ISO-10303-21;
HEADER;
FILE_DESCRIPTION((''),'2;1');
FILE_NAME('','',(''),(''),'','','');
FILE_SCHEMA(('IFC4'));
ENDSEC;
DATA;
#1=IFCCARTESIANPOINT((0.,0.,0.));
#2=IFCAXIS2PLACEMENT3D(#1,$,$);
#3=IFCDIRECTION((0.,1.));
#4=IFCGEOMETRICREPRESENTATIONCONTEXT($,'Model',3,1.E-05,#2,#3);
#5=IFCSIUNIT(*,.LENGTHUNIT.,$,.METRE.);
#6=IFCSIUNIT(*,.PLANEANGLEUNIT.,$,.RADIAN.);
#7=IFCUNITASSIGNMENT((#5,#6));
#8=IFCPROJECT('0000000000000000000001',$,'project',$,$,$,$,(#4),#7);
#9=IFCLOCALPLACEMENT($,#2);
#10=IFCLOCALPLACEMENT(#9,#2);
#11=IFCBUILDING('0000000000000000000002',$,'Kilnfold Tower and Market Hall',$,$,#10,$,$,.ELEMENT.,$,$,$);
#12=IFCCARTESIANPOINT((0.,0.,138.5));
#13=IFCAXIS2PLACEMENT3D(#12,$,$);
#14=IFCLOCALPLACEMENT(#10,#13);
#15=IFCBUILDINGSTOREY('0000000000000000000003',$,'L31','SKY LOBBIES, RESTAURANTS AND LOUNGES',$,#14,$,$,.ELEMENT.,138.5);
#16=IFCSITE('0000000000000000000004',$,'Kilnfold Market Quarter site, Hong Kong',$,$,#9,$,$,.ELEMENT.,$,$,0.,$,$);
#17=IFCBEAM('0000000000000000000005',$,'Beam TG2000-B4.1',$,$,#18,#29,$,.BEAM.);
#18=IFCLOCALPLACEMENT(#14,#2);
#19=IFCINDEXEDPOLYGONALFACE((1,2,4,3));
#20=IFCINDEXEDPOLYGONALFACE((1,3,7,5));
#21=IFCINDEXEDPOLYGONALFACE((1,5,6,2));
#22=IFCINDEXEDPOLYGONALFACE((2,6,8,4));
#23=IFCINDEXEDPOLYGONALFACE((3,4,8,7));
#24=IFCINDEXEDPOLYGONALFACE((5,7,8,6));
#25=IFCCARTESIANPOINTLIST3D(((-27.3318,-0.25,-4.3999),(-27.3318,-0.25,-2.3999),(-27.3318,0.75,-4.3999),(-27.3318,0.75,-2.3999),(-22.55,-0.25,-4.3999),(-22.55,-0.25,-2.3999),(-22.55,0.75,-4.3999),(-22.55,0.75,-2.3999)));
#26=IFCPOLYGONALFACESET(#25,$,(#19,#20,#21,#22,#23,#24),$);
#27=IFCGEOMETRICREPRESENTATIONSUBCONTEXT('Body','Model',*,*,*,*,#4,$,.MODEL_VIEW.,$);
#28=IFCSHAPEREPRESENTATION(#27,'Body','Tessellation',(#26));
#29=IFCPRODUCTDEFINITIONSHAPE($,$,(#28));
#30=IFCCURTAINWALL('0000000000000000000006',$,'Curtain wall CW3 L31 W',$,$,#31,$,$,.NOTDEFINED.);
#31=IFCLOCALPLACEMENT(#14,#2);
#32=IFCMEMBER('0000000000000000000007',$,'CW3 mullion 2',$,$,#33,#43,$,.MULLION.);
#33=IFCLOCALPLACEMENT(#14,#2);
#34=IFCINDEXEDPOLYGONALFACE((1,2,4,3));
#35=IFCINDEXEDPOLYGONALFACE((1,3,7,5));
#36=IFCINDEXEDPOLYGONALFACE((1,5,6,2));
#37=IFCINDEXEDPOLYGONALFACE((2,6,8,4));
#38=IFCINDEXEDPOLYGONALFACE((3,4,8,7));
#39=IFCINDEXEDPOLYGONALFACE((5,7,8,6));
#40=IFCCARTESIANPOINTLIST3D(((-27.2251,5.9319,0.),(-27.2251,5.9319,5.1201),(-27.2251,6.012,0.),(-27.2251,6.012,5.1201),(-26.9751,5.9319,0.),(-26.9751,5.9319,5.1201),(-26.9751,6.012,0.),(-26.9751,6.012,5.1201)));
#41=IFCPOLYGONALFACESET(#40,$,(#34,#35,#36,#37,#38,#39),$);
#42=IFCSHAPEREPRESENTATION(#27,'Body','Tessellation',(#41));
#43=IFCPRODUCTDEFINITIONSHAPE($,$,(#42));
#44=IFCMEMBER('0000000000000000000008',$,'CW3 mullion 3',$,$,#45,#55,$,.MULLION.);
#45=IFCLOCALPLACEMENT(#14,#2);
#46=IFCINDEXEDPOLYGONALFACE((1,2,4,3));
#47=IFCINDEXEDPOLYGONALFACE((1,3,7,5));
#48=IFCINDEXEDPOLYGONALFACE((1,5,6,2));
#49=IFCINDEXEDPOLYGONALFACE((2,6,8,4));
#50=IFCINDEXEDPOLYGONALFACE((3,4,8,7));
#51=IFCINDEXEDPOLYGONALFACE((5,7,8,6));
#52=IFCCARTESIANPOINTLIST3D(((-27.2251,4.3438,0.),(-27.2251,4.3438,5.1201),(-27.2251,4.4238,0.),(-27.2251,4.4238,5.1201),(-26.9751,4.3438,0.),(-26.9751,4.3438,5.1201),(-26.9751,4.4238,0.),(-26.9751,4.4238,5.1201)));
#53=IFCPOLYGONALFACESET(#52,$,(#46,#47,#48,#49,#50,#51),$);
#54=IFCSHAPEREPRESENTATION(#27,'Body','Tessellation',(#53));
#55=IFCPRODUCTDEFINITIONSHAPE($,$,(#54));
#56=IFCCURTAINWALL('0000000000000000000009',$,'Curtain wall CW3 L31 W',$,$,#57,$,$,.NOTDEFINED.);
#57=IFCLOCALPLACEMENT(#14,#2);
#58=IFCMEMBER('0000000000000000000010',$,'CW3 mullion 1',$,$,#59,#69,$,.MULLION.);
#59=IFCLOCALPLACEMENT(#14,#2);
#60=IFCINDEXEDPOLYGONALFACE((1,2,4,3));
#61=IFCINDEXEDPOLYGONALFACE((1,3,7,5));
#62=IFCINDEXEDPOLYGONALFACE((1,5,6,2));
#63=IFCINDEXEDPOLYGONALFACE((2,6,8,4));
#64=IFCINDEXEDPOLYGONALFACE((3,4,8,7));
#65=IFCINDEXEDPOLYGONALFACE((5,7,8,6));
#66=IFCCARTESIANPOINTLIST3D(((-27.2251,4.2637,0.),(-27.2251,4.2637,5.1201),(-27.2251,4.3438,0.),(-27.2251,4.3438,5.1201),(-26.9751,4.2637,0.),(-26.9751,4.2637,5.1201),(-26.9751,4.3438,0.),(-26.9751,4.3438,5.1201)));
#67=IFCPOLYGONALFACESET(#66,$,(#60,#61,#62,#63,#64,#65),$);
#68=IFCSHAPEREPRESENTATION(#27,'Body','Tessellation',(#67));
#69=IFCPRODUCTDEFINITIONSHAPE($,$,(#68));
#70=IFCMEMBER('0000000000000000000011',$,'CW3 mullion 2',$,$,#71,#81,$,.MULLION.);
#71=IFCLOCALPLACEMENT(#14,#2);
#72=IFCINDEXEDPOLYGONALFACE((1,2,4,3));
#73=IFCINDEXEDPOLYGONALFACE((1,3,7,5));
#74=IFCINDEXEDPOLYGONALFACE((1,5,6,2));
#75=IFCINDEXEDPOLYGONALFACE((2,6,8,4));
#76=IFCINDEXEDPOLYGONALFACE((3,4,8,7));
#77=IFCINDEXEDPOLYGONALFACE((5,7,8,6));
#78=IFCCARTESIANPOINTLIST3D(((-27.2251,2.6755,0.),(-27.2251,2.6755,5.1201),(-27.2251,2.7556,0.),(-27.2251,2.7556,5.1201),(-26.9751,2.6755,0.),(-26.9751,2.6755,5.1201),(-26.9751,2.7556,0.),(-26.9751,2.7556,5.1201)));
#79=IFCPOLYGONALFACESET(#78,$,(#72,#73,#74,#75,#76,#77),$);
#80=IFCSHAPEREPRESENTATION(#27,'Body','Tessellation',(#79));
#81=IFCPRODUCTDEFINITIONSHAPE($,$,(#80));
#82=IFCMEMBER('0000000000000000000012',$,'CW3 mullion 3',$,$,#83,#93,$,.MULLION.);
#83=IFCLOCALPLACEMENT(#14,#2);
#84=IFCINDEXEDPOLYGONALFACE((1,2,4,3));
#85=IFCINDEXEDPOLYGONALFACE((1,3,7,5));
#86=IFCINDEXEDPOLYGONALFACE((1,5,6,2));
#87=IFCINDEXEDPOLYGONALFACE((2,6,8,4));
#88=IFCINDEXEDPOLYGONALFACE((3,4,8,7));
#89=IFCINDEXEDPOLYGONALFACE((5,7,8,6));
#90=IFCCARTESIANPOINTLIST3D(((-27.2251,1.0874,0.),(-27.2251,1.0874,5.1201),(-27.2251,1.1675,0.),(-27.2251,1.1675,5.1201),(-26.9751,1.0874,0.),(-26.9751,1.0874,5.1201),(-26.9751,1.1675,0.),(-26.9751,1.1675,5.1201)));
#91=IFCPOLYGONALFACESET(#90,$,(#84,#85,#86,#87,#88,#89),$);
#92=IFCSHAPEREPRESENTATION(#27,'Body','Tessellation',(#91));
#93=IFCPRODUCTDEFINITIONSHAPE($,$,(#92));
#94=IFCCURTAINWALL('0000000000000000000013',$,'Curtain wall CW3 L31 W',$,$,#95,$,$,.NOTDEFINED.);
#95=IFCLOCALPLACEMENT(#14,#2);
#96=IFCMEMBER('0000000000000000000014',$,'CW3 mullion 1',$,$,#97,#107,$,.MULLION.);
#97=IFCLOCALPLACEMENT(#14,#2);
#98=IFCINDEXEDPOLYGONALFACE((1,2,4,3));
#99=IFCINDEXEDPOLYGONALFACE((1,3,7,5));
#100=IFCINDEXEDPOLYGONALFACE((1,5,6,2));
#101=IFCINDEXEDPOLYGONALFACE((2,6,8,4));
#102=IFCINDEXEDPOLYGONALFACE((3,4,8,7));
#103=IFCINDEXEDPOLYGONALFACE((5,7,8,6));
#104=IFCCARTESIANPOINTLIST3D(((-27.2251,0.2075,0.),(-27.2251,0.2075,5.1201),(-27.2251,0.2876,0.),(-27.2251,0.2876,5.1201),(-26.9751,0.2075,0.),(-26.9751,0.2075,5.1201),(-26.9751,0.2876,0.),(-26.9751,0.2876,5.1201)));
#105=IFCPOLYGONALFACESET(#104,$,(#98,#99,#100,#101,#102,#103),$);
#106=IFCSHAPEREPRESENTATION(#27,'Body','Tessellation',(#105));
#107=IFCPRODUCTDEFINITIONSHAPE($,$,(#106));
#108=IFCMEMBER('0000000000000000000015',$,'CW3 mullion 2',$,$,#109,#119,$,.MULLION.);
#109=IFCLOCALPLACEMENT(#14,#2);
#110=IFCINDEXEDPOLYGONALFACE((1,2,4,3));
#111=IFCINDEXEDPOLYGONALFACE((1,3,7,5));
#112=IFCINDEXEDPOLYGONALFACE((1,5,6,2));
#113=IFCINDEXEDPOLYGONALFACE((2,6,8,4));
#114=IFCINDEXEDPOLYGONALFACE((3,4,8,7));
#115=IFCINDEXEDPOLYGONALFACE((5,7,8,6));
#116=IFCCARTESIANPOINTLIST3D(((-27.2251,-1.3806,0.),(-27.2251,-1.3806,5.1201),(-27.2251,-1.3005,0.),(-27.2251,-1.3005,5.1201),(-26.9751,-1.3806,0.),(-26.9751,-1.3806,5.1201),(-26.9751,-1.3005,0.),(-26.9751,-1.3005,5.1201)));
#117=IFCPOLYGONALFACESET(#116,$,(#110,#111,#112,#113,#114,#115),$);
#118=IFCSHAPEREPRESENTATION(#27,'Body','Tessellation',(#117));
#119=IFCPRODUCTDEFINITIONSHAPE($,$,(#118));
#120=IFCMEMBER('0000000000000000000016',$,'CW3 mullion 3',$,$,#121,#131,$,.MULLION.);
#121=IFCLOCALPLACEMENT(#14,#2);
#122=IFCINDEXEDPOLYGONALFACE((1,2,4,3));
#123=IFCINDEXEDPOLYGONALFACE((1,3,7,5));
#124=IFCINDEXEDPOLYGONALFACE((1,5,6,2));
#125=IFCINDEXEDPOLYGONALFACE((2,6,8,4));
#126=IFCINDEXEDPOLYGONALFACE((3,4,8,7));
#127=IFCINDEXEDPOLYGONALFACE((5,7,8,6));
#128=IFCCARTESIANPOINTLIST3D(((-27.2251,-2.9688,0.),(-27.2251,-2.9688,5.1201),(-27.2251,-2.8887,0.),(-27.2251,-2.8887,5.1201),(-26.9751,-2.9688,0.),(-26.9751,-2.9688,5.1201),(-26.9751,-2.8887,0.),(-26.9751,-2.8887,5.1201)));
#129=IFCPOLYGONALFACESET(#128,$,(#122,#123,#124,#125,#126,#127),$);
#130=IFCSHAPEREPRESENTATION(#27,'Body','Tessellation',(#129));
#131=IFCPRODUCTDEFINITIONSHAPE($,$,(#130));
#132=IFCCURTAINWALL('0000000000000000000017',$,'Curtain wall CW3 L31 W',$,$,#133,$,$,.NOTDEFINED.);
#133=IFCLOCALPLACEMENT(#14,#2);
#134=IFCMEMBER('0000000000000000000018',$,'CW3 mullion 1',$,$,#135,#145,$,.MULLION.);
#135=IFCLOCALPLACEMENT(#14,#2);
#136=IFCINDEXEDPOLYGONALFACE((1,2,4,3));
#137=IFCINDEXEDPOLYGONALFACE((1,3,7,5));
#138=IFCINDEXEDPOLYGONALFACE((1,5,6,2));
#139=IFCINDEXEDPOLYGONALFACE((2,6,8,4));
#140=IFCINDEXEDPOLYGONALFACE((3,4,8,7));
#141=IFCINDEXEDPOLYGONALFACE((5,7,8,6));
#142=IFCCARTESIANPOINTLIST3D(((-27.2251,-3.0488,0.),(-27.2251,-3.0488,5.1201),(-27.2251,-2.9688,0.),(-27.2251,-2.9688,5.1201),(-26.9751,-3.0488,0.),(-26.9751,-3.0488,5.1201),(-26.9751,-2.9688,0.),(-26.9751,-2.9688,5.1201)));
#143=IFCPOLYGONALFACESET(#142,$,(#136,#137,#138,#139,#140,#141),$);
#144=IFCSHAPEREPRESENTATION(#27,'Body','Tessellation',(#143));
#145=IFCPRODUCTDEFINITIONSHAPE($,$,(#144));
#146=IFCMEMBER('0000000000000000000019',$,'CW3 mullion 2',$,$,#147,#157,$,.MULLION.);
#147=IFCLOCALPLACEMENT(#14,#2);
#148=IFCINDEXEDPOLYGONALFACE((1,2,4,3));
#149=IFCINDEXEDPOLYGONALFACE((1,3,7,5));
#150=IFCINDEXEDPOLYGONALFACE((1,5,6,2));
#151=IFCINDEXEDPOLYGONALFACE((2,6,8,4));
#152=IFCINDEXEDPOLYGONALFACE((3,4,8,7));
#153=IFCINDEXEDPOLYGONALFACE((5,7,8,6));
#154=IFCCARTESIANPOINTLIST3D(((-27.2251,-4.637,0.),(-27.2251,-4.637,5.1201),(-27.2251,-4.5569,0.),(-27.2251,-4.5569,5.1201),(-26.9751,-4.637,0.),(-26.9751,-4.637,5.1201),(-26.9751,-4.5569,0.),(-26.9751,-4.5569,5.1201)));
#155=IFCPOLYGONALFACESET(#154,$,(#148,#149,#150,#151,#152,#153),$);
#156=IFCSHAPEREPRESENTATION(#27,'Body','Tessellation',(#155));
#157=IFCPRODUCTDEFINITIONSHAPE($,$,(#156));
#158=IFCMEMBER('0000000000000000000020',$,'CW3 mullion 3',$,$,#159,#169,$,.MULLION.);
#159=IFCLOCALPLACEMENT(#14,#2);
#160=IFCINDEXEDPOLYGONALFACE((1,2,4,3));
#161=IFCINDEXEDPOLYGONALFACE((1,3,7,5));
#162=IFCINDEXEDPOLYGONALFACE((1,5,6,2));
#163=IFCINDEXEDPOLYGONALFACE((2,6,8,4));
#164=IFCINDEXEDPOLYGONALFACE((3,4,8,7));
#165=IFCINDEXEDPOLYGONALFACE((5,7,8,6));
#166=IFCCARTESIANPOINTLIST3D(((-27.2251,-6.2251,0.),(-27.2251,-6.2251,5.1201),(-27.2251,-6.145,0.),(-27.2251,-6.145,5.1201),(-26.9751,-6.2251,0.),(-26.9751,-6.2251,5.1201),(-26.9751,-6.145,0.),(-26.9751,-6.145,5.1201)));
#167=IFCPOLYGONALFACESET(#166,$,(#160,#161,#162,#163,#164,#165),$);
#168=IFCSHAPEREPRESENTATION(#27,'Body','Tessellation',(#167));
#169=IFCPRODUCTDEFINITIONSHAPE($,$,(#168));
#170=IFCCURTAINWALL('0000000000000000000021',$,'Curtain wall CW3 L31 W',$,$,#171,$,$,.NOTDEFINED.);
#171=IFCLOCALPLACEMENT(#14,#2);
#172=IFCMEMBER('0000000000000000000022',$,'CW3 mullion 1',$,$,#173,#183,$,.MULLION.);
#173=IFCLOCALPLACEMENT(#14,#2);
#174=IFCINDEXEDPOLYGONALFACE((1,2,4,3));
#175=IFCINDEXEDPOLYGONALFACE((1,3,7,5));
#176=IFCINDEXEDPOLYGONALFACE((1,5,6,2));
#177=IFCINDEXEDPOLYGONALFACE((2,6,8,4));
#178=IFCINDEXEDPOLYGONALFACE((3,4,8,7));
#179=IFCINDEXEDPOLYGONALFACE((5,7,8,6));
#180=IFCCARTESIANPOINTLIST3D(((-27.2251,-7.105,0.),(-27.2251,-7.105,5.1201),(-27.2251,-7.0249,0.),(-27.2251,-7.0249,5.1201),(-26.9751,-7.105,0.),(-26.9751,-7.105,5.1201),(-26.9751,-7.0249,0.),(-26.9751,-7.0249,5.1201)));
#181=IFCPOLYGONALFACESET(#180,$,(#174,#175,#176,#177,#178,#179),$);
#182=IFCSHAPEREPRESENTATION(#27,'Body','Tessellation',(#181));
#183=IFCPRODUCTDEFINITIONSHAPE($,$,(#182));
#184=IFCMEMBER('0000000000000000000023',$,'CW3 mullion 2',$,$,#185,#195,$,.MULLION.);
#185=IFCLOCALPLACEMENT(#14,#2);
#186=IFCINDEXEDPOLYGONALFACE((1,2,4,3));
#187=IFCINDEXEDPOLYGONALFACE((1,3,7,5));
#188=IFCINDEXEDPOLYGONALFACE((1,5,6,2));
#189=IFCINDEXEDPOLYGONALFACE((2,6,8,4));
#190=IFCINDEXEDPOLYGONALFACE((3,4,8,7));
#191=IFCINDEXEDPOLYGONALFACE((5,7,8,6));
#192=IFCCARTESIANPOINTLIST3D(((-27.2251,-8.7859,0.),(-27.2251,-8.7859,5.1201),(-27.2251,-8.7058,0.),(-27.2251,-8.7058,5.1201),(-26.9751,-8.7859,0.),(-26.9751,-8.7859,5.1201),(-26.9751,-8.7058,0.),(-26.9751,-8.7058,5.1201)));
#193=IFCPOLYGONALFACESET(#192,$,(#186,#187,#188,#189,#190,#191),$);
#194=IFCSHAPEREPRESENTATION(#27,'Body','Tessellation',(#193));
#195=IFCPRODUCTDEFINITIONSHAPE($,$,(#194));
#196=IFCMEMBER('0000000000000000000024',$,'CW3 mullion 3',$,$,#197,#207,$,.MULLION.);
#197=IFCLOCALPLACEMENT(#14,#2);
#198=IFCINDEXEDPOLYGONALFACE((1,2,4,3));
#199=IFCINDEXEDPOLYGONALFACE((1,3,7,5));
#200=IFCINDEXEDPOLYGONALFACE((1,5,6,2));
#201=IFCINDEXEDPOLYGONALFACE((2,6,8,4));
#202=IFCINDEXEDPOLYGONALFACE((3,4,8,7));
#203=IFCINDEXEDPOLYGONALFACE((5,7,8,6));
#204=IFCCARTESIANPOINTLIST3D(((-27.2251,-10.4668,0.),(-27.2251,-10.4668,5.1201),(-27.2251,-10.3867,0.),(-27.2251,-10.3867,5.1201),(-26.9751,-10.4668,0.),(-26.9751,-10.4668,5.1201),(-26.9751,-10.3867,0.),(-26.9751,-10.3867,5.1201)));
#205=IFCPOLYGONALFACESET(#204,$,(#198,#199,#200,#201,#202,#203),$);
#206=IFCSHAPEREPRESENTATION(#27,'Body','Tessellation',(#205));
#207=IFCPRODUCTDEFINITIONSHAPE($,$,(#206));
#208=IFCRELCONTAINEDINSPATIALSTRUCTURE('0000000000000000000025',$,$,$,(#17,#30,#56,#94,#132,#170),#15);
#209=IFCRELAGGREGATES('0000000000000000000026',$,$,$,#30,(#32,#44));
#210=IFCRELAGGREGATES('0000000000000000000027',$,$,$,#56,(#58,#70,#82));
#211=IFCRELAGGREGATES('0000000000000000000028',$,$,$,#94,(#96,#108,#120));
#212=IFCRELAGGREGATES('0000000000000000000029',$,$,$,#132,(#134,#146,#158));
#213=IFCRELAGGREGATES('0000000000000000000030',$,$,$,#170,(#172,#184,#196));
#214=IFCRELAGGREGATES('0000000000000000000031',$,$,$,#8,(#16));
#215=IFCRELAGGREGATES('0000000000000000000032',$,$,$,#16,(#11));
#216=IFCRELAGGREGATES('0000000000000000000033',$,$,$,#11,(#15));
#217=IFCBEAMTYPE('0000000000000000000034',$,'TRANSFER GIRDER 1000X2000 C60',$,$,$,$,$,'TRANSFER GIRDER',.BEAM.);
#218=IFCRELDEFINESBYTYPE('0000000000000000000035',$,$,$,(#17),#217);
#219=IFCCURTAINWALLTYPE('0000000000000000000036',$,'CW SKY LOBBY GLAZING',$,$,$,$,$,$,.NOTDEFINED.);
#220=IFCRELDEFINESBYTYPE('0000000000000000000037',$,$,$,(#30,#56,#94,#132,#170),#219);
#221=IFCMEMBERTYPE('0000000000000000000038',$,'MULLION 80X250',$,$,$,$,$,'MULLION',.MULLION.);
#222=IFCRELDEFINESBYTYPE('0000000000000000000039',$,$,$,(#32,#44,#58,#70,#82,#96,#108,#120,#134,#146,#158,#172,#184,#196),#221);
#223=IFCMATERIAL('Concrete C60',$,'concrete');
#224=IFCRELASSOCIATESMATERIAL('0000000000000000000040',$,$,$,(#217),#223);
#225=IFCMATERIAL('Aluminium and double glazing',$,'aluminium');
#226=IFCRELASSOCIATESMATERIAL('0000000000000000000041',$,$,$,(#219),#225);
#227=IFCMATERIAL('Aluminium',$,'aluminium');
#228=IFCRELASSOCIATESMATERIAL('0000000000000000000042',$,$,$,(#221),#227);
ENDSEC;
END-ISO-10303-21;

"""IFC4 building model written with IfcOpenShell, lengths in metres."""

from ifc_helpers import new_model, si_unit, direction, frame, origin, origin_2d, place, context, subcontext, project, spatial, rectangle, extrude, source, transform, mapped, material, material_profile, profile_set, type_object, element, aggregate, save


model = new_model("IFC4")

# Units and contexts
model_context = context("Model", 3, precision=1e-05, world=origin(), true_north=direction((0.0, 1.0)))
body_context = subcontext(model_context, "Body", "Model", "MODEL_VIEW")
ifc_project = project(units=[si_unit("LENGTHUNIT", "METRE"), si_unit("PLANEANGLEUNIT", "RADIAN")], contexts=[model_context])

# Site, building, storey
site_placement = place(None, origin())
site = spatial("IfcSite", under=ifc_project, at=site_placement, Name="Kilnfold Market Quarter site, Hong Kong", CompositionType="ELEMENT", RefElevation=0.0)
building_placement = place(site_placement, origin())
building = spatial("IfcBuilding", under=site, at=building_placement, Name="Kilnfold Tower and Market Hall", CompositionType="ELEMENT")
storey_placement = place(building_placement, frame((0.0, 0.0, 138.5)))
storey = spatial("IfcBuildingStorey", under=building, at=storey_placement, Name="L31", Description="SKY LOBBIES, RESTAURANTS AND LOUNGES", CompositionType="ELEMENT", Elevation=138.5)

# Beam
ifc_material_1 = material(Name="Concrete C60", Category="concrete")
ifc_material_profile_1 = material_profile(ifc_material_1, rectangle(XDim=1.0, YDim=2.0, at=origin_2d()), Name="RC 1000x2000")
ifc_profile_set_1 = profile_set([ifc_material_profile_1], Name="Concrete C60")
beam_type = type_object("IfcBeamType", Name="TRANSFER GIRDER 1000X2000 C60", ElementType="TRANSFER GIRDER", PredefinedType="BEAM", material=ifc_profile_set_1)
shared_shape_1 = source(origin(), body_context, "Body", "SweptSolid", [
    extrude(rectangle(XDim=1.0, YDim=2.0, at=origin_2d()), origin(), (0.0, 0.0, 1.0), 4.7817),
])
beam_placement = place(storey_placement, frame((-27.3318, 0.25, -3.3999), z_axis=(1.0, 0.0, 0.0), x_axis=(0.0, 1.0, 0.0)))
element("IfcBeam", 1, at=beam_placement, inside=storey, type_object=beam_type, Name="Beam TG2000-B4.1", PredefinedType="BEAM", context=body_context, shape_type="MappedRepresentation", body=[
    mapped(shared_shape_1, transform((0.0, 0.0, 0.0))),
])

# Curtain walls, members
ifc_material_2 = material(Name="Aluminium and double glazing", Category="aluminium")
curtain_wall_type = type_object("IfcCurtainWallType", Name="CW SKY LOBBY GLAZING", PredefinedType="NOTDEFINED", material=ifc_material_2)
curtain_wall_1_placement = place(storey_placement, origin())
curtain_wall_1 = element("IfcCurtainWall", 2, at=curtain_wall_1_placement, inside=storey, type_object=curtain_wall_type, Name="Curtain wall CW3 L31 W", PredefinedType="NOTDEFINED")
ifc_material_3 = material(Name="Aluminium", Category="aluminium")
ifc_material_profile_2 = material_profile(ifc_material_3, rectangle(XDim=0.0801, YDim=0.25, at=origin_2d()), Name="MULLION 80x250")
ifc_profile_set_2 = profile_set([ifc_material_profile_2], Name="Aluminium")
member_type_1 = type_object("IfcMemberType", Name="MULLION 80X250", ElementType="MULLION", PredefinedType="MULLION", material=ifc_profile_set_2)
shared_shape_2 = source(origin(), body_context, "Body", "SweptSolid", [
    extrude(rectangle(XDim=0.0801, YDim=0.25, at=origin_2d()), origin(), (0.0, 0.0, 1.0), 5.1201),
])
member_1_placement = place(storey_placement, frame((-27.1001, 5.9719, 0.0), z_axis=(0.0, 0.0, 1.0), x_axis=(0.0, -1.0, 0.0)))
member_1 = element("IfcMember", 3, at=member_1_placement, type_object=member_type_1, Name="CW3 mullion 2", PredefinedType="MULLION", context=body_context, shape_type="MappedRepresentation", body=[
    mapped(shared_shape_2, transform((0.0, 0.0, 0.0))),
])
member_2_placement = place(storey_placement, frame((-27.1001, 4.3838, 0.0), z_axis=(0.0, 0.0, 1.0), x_axis=(0.0, -1.0, 0.0)))
member_2 = element("IfcMember", 4, at=member_2_placement, type_object=member_type_1, Name="CW3 mullion 3", PredefinedType="MULLION", context=body_context, shape_type="MappedRepresentation", body=[
    mapped(shared_shape_2, transform((0.0, 0.0, 0.0))),
])
curtain_wall_2_placement = place(storey_placement, origin())
curtain_wall_2 = element("IfcCurtainWall", 5, at=curtain_wall_2_placement, inside=storey, type_object=curtain_wall_type, Name="Curtain wall CW3 L31 W", PredefinedType="NOTDEFINED")
member_3_placement = place(storey_placement, frame((-27.1001, 4.3037, 0.0), z_axis=(0.0, 0.0, 1.0), x_axis=(0.0, -1.0, 0.0)))
member_3 = element("IfcMember", 6, at=member_3_placement, type_object=member_type_1, Name="CW3 mullion 1", PredefinedType="MULLION", context=body_context, shape_type="MappedRepresentation", body=[
    mapped(shared_shape_2, transform((0.0, 0.0, 0.0))),
])
member_4_placement = place(storey_placement, frame((-27.1001, 2.7156, 0.0), z_axis=(0.0, 0.0, 1.0), x_axis=(0.0, -1.0, 0.0)))
member_4 = element("IfcMember", 7, at=member_4_placement, type_object=member_type_1, Name="CW3 mullion 2", PredefinedType="MULLION", context=body_context, shape_type="MappedRepresentation", body=[
    mapped(shared_shape_2, transform((0.0, 0.0, 0.0))),
])
member_5_placement = place(storey_placement, frame((-27.1001, 1.1274, 0.0), z_axis=(0.0, 0.0, 1.0), x_axis=(0.0, -1.0, 0.0)))
member_5 = element("IfcMember", 8, at=member_5_placement, type_object=member_type_1, Name="CW3 mullion 3", PredefinedType="MULLION", context=body_context, shape_type="MappedRepresentation", body=[
    mapped(shared_shape_2, transform((0.0, 0.0, 0.0))),
])
curtain_wall_3_placement = place(storey_placement, origin())
curtain_wall_3 = element("IfcCurtainWall", 9, at=curtain_wall_3_placement, inside=storey, type_object=curtain_wall_type, Name="Curtain wall CW3 L31 W", PredefinedType="NOTDEFINED")
member_6_placement = place(storey_placement, frame((-27.1001, 0.2476, 0.0), z_axis=(0.0, 0.0, 1.0), x_axis=(0.0, -1.0, 0.0)))
member_6 = element("IfcMember", 10, at=member_6_placement, type_object=member_type_1, Name="CW3 mullion 1", PredefinedType="MULLION", context=body_context, shape_type="MappedRepresentation", body=[
    mapped(shared_shape_2, transform((0.0, 0.0, 0.0))),
])
member_7_placement = place(storey_placement, frame((-27.1001, -1.3406, 0.0), z_axis=(0.0, 0.0, 1.0), x_axis=(0.0, -1.0, 0.0)))
member_7 = element("IfcMember", 11, at=member_7_placement, type_object=member_type_1, Name="CW3 mullion 2", PredefinedType="MULLION", context=body_context, shape_type="MappedRepresentation", body=[
    mapped(shared_shape_2, transform((0.0, 0.0, 0.0))),
])
member_8_placement = place(storey_placement, frame((-27.1001, -2.9287, 0.0), z_axis=(0.0, 0.0, 1.0), x_axis=(0.0, -1.0, 0.0)))
member_8 = element("IfcMember", 12, at=member_8_placement, type_object=member_type_1, Name="CW3 mullion 3", PredefinedType="MULLION", context=body_context, shape_type="MappedRepresentation", body=[
    mapped(shared_shape_2, transform((0.0, 0.0, 0.0))),
])
curtain_wall_4_placement = place(storey_placement, origin())
curtain_wall_4 = element("IfcCurtainWall", 13, at=curtain_wall_4_placement, inside=storey, type_object=curtain_wall_type, Name="Curtain wall CW3 L31 W", PredefinedType="NOTDEFINED")
member_9_placement = place(storey_placement, frame((-27.1001, -3.0088, 0.0), z_axis=(0.0, 0.0, 1.0), x_axis=(0.0, -1.0, 0.0)))
member_9 = element("IfcMember", 14, at=member_9_placement, type_object=member_type_1, Name="CW3 mullion 1", PredefinedType="MULLION", context=body_context, shape_type="MappedRepresentation", body=[
    mapped(shared_shape_2, transform((0.0, 0.0, 0.0))),
])
member_10_placement = place(storey_placement, frame((-27.1001, -4.5969, 0.0), z_axis=(0.0, 0.0, 1.0), x_axis=(0.0, -1.0, 0.0)))
member_10 = element("IfcMember", 15, at=member_10_placement, type_object=member_type_1, Name="CW3 mullion 2", PredefinedType="MULLION", context=body_context, shape_type="MappedRepresentation", body=[
    mapped(shared_shape_2, transform((0.0, 0.0, 0.0))),
])
member_11_placement = place(storey_placement, frame((-27.1001, -6.1851, 0.0), z_axis=(0.0, 0.0, 1.0), x_axis=(0.0, -1.0, 0.0)))
member_11 = element("IfcMember", 16, at=member_11_placement, type_object=member_type_1, Name="CW3 mullion 3", PredefinedType="MULLION", context=body_context, shape_type="MappedRepresentation", body=[
    mapped(shared_shape_2, transform((0.0, 0.0, 0.0))),
])
curtain_wall_5_placement = place(storey_placement, origin())
curtain_wall_5 = element("IfcCurtainWall", 17, at=curtain_wall_5_placement, inside=storey, type_object=curtain_wall_type, Name="Curtain wall CW3 L31 W", PredefinedType="NOTDEFINED")
member_12_placement = place(storey_placement, frame((-27.1001, -7.0649, 0.0), z_axis=(0.0, 0.0, 1.0), x_axis=(0.0, -1.0, 0.0)))
member_12 = element("IfcMember", 18, at=member_12_placement, type_object=member_type_1, Name="CW3 mullion 1", PredefinedType="MULLION", context=body_context, shape_type="MappedRepresentation", body=[
    mapped(shared_shape_2, transform((0.0, 0.0, 0.0))),
])
member_13_placement = place(storey_placement, frame((-27.1001, -8.7458, 0.0), z_axis=(0.0, 0.0, 1.0), x_axis=(0.0, -1.0, 0.0)))
member_13 = element("IfcMember", 19, at=member_13_placement, type_object=member_type_1, Name="CW3 mullion 2", PredefinedType="MULLION", context=body_context, shape_type="MappedRepresentation", body=[
    mapped(shared_shape_2, transform((0.0, 0.0, 0.0))),
])
member_14_placement = place(storey_placement, frame((-27.1001, -10.4268, 0.0), z_axis=(0.0, 0.0, 1.0), x_axis=(0.0, -1.0, 0.0)))
member_14 = element("IfcMember", 20, at=member_14_placement, type_object=member_type_1, Name="CW3 mullion 3", PredefinedType="MULLION", context=body_context, shape_type="MappedRepresentation", body=[
    mapped(shared_shape_2, transform((0.0, 0.0, 0.0))),
])

aggregate(curtain_wall_1, [member_1, member_2])
aggregate(curtain_wall_2, [member_3, member_4, member_5])
aggregate(curtain_wall_3, [member_6, member_7, member_8])
aggregate(curtain_wall_4, [member_9, member_10, member_11])
aggregate(curtain_wall_5, [member_12, member_13, member_14])

save(model, "model.ifc")
